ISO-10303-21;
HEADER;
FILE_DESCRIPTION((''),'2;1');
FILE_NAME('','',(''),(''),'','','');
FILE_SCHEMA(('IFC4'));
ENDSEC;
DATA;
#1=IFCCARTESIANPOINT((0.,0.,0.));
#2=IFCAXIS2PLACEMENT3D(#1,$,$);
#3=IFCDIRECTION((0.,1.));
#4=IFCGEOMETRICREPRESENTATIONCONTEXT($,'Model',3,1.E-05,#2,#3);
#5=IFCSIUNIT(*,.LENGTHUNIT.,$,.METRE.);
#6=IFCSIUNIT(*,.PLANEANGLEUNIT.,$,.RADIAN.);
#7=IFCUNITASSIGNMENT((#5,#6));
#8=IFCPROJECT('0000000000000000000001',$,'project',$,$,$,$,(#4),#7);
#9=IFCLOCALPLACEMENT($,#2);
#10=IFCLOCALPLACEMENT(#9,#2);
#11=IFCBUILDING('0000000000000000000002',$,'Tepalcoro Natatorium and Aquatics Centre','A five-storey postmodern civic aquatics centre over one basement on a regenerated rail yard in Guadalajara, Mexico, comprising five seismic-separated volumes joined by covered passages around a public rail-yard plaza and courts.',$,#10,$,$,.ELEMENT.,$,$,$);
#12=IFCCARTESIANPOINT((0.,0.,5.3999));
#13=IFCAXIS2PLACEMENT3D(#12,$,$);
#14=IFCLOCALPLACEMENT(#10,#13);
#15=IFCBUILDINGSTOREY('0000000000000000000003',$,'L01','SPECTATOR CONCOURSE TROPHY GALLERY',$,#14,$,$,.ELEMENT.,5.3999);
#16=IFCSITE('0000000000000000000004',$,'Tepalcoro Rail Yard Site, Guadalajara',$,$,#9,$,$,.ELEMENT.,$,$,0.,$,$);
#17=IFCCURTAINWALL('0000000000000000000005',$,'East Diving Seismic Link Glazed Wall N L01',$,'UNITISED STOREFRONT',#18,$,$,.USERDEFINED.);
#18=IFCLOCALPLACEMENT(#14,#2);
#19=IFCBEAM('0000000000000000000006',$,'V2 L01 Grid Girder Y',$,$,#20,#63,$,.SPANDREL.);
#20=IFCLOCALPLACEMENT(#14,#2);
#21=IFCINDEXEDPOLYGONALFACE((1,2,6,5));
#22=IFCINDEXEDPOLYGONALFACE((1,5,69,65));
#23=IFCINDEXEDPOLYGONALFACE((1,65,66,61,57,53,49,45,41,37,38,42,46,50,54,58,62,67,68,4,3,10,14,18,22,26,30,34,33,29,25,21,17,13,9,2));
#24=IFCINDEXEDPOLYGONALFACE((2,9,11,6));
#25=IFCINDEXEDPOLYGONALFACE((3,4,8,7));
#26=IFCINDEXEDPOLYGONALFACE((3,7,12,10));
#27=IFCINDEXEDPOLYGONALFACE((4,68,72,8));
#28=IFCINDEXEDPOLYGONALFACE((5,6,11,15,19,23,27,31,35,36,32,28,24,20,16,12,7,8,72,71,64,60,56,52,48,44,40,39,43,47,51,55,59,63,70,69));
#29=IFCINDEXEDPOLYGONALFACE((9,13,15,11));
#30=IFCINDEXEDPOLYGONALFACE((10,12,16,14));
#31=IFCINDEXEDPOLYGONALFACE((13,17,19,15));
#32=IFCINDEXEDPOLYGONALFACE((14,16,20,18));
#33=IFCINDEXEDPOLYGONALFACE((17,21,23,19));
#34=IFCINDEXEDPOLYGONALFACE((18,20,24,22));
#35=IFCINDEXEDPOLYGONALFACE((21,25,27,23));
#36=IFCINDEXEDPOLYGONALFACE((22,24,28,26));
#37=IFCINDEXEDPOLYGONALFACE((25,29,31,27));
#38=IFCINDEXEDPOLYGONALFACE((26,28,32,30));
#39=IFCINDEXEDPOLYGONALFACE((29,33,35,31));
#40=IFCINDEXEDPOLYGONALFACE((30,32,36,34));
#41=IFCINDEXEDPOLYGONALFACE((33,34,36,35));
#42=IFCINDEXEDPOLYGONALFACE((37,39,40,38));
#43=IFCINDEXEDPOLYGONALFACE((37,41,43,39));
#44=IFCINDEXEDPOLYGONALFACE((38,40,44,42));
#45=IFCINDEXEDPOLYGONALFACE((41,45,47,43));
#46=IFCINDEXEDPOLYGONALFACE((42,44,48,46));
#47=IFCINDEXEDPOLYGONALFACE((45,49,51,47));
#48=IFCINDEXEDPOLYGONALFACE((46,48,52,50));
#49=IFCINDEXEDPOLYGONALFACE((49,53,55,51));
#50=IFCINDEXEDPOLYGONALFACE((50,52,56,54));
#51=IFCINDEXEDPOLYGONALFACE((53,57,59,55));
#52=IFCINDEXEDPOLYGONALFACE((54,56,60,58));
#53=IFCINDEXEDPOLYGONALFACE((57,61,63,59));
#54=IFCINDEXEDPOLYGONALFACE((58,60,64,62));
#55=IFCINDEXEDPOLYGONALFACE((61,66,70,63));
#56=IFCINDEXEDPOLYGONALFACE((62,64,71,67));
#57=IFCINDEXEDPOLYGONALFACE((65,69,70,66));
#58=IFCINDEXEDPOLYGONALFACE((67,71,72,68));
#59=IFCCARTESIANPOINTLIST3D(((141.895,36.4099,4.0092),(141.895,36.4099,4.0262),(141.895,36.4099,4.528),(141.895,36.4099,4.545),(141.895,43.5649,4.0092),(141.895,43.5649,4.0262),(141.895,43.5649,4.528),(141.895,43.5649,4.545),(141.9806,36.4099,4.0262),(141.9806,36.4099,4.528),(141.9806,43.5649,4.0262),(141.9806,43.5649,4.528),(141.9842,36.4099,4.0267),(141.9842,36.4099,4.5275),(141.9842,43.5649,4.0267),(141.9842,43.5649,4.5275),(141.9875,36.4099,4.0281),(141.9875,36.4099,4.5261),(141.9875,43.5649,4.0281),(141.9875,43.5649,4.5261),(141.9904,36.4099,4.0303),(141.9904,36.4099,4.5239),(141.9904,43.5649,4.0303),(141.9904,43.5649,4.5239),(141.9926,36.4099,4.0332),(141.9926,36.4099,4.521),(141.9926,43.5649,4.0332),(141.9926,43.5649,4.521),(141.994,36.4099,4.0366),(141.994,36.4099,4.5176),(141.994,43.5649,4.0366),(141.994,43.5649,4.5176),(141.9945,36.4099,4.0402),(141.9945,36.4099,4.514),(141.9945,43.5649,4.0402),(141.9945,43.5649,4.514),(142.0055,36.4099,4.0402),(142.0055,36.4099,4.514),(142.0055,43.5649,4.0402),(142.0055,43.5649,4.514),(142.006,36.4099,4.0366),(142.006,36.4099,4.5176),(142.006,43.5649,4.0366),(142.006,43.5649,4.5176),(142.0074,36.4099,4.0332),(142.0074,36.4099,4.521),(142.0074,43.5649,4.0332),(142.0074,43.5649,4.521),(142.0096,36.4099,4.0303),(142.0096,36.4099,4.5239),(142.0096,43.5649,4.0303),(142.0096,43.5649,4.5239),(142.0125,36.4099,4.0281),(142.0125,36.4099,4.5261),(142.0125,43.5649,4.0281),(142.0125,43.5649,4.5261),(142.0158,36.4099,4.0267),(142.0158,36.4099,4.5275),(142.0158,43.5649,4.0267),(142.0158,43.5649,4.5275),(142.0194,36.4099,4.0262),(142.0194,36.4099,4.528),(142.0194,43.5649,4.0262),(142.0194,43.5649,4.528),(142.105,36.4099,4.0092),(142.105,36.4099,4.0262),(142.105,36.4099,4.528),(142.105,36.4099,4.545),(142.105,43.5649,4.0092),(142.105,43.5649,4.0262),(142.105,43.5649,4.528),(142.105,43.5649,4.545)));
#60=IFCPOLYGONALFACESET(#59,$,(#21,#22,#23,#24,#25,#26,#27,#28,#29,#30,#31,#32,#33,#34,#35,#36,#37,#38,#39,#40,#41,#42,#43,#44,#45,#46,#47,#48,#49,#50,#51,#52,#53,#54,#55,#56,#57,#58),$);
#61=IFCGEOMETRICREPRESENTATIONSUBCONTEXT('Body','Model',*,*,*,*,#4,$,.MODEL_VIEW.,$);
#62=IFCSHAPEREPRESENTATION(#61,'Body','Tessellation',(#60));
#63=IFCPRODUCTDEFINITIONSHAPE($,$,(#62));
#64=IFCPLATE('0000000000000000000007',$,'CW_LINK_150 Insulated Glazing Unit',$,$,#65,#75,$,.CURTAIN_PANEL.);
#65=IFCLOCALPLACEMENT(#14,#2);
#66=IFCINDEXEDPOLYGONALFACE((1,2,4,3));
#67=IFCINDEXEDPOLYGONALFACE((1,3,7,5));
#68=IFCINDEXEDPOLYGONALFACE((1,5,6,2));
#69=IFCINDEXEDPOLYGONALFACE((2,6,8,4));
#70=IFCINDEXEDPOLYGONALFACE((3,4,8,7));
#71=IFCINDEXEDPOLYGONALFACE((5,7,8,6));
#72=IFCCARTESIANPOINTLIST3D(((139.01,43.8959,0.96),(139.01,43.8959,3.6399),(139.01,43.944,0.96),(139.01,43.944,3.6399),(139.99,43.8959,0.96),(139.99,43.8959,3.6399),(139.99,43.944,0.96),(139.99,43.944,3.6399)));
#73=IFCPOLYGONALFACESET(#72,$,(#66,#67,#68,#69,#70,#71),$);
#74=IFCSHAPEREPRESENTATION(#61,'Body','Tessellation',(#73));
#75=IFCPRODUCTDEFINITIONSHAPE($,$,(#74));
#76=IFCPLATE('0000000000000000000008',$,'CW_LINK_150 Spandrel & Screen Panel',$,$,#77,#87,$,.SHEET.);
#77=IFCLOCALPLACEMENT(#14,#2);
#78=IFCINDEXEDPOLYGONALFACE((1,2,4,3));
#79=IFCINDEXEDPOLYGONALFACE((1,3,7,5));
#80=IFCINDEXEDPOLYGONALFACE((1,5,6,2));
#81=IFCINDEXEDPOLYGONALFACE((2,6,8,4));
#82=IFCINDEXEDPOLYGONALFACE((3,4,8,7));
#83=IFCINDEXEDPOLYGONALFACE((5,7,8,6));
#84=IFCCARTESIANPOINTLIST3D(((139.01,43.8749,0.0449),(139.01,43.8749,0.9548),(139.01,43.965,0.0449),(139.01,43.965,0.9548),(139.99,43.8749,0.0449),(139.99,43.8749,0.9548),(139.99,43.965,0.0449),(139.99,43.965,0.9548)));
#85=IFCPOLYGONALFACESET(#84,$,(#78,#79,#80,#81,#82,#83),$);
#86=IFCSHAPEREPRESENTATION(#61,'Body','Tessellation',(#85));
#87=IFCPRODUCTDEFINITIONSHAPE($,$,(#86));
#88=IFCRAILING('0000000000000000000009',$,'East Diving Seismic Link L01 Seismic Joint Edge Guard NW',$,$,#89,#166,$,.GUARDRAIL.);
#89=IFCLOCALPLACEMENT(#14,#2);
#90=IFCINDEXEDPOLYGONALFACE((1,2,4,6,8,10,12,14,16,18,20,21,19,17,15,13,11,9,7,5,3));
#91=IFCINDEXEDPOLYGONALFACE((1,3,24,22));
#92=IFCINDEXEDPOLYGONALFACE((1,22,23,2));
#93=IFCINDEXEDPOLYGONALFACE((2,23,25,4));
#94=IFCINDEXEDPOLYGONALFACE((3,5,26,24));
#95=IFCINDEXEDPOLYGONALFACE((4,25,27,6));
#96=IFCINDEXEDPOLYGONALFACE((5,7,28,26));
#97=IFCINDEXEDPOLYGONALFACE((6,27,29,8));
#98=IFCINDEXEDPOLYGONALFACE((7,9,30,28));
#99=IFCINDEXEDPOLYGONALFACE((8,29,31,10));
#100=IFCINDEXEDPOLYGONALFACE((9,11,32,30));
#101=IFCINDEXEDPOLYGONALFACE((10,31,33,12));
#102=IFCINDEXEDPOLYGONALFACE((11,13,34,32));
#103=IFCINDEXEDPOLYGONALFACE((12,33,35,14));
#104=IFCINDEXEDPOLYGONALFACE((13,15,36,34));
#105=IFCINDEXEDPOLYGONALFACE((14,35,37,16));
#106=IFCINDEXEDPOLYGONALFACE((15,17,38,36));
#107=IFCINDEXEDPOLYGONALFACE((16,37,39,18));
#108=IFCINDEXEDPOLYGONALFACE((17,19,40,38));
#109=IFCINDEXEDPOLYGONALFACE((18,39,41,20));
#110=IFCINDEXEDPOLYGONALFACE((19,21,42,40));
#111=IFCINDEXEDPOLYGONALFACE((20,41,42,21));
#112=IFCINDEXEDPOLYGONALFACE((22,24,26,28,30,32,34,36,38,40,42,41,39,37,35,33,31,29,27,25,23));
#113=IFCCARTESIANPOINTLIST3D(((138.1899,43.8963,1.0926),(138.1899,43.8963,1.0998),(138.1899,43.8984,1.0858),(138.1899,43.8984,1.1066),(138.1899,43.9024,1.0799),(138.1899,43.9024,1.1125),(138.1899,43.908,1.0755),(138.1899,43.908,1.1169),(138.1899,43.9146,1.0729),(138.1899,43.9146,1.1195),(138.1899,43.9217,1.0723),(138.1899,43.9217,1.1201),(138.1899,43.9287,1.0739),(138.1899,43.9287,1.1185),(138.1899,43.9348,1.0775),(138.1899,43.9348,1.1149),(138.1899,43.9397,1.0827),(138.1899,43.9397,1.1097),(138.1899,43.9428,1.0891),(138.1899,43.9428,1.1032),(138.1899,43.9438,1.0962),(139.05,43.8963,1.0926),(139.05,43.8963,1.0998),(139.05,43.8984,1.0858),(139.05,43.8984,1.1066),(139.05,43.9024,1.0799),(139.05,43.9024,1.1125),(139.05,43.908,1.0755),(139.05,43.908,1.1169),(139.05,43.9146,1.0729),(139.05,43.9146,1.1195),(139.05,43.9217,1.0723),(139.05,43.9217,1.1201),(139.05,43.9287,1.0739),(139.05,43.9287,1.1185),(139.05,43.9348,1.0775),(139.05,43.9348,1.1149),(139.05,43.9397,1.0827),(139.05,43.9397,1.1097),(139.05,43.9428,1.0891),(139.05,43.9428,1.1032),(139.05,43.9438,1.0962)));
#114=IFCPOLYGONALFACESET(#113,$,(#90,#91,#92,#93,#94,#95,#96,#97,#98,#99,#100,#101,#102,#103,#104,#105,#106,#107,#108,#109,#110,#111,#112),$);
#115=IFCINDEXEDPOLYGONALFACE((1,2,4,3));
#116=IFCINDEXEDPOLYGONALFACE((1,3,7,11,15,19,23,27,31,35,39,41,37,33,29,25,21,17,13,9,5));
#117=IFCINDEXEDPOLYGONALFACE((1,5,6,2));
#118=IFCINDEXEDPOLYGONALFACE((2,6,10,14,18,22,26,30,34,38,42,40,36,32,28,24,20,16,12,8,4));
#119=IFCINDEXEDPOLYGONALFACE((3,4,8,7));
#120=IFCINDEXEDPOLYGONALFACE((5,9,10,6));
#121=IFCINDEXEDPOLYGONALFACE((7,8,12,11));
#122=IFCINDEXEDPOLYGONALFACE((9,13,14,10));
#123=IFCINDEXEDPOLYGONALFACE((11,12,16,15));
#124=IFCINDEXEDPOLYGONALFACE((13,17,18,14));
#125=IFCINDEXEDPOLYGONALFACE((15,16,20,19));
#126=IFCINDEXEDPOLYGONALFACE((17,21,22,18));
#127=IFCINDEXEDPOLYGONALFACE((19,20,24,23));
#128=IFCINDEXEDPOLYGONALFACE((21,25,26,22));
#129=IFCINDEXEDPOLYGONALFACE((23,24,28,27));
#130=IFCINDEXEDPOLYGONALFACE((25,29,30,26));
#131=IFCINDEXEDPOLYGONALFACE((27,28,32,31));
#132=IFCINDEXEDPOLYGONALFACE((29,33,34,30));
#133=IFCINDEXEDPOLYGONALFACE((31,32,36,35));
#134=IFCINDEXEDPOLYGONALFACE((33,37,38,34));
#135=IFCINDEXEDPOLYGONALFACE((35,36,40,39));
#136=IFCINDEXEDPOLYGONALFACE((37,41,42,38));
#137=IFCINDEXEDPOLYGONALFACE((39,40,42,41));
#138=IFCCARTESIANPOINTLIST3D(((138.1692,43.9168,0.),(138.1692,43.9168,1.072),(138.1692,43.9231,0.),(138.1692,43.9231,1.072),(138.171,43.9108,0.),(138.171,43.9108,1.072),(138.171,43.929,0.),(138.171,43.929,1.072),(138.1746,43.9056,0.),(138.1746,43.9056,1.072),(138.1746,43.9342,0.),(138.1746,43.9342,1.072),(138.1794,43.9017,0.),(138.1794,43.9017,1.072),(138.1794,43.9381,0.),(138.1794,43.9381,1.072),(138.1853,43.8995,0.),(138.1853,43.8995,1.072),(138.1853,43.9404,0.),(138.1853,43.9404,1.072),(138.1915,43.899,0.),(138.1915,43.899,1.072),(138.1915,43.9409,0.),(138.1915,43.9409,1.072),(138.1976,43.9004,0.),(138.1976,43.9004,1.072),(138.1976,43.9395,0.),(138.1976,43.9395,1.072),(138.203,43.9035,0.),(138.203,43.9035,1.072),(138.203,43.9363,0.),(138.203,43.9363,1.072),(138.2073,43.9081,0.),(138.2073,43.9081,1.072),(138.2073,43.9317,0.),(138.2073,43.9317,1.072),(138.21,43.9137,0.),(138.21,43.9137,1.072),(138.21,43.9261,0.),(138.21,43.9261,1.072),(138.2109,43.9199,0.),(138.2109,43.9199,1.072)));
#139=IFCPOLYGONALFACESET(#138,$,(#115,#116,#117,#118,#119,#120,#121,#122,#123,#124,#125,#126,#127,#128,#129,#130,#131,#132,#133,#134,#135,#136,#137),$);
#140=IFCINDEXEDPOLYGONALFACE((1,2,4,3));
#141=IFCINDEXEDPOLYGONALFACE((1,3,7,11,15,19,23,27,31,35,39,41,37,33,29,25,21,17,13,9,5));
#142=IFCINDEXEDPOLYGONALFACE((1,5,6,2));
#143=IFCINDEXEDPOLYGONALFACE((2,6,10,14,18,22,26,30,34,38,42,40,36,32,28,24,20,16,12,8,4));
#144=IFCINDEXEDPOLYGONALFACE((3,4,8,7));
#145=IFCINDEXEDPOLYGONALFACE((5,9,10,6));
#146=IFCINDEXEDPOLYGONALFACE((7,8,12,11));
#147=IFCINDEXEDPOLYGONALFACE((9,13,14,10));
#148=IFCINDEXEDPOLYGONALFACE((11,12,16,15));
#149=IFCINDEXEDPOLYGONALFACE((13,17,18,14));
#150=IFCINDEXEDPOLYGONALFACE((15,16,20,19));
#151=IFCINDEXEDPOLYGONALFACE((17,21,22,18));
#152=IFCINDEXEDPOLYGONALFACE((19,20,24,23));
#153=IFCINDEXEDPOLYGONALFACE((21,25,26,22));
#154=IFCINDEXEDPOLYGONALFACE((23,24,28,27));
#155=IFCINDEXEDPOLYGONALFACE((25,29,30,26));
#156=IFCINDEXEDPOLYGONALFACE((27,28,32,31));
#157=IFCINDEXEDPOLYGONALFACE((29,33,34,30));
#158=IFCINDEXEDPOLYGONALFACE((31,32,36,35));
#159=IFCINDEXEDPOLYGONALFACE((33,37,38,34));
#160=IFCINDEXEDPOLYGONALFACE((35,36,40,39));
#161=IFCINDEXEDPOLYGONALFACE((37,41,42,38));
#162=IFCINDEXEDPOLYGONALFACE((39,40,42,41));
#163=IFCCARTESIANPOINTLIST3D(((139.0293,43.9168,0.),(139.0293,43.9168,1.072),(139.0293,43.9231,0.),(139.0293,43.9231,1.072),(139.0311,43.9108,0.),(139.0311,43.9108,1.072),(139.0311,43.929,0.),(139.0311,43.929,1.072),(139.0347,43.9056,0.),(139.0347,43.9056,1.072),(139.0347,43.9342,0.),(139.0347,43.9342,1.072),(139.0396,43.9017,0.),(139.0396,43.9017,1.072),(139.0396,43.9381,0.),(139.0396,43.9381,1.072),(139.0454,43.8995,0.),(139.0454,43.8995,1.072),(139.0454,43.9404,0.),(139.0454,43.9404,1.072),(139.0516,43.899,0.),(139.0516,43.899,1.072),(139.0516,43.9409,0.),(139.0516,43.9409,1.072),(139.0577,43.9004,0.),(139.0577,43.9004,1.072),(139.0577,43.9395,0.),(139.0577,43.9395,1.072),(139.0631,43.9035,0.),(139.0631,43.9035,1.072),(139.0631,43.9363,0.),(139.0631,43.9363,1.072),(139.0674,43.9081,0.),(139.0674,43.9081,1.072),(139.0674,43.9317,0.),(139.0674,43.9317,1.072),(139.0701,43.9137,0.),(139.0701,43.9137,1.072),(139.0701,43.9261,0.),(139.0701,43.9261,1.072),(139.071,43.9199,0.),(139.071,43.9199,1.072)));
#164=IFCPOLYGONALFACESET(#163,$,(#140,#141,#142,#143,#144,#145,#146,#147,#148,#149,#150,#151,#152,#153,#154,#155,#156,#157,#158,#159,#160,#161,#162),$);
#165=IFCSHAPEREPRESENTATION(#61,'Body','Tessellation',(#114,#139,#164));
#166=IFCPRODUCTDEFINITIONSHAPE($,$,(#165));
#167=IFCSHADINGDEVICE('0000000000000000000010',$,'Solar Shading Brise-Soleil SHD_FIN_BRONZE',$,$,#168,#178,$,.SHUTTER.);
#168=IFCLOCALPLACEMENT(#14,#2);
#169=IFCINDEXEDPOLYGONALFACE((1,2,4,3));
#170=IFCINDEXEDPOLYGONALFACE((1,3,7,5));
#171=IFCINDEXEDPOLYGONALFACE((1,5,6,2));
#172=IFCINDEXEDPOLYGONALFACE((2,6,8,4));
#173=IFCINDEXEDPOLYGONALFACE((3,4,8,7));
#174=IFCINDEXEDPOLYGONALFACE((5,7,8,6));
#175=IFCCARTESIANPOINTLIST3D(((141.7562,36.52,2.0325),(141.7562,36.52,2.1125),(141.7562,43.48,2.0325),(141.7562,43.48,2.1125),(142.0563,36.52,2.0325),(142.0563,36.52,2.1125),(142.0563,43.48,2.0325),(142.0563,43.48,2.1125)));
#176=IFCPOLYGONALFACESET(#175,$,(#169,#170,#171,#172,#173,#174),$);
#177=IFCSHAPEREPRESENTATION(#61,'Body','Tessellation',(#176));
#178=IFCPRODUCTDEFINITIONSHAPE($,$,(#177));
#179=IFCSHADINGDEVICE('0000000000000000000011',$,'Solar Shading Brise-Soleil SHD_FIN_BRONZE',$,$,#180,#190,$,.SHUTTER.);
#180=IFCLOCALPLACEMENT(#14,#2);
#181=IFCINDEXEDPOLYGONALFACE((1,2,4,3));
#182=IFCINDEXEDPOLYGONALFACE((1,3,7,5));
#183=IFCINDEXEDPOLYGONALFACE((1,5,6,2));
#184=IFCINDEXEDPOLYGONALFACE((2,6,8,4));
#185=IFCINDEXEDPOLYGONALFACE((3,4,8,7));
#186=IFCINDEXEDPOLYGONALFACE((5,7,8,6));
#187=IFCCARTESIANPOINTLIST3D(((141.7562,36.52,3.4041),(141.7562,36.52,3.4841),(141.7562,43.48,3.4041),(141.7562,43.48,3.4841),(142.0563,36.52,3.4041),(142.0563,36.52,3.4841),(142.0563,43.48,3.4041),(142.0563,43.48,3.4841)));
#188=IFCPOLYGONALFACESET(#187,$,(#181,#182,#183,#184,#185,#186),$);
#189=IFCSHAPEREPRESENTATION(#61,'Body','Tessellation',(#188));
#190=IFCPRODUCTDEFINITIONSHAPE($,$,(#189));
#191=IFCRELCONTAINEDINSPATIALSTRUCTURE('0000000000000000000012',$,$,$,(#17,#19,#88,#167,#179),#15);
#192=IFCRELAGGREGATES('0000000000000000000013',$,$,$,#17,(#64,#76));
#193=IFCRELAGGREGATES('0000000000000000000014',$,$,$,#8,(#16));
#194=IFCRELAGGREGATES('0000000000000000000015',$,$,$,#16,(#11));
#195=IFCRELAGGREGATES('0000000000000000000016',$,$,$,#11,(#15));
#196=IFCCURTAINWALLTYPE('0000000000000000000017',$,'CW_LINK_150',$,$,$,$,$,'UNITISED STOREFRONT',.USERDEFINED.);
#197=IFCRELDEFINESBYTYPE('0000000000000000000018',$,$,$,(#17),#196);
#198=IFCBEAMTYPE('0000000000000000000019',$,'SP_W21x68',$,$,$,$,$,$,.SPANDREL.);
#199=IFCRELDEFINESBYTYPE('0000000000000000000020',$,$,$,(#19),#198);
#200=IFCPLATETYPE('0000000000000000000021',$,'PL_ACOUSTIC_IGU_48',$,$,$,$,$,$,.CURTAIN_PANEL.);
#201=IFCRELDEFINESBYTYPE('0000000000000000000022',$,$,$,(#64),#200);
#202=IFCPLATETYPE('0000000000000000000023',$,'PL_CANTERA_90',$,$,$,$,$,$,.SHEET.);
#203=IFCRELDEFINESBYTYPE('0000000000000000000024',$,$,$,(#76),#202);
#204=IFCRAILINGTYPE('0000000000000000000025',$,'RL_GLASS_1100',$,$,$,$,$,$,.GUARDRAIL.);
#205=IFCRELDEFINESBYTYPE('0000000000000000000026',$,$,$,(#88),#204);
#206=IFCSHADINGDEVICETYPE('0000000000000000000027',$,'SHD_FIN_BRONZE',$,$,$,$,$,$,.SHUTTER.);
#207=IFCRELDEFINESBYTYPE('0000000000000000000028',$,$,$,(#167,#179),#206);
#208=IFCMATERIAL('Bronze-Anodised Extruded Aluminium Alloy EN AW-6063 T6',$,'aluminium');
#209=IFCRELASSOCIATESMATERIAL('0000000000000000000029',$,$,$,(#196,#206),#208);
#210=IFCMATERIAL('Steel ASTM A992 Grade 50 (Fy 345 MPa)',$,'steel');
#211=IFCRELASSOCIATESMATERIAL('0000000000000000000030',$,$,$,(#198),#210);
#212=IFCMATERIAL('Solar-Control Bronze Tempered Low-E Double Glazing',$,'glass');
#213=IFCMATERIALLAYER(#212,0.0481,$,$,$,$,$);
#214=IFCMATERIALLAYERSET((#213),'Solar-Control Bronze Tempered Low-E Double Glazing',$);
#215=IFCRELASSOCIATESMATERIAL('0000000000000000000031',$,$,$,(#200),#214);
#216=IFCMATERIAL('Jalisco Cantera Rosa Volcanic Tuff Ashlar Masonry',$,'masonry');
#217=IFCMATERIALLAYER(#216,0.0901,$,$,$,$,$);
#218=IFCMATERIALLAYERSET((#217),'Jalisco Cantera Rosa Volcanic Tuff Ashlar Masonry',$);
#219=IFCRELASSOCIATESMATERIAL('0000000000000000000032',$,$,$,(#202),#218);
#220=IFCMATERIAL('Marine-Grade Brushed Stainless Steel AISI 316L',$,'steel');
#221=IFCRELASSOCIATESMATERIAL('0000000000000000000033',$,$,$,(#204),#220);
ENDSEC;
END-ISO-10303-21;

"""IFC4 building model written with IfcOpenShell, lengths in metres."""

from ifc_helpers import new_model, si_unit, direction, frame, origin, origin_2d, place, context, subcontext, project, spatial, rectangle, circle, i_section, extrude, material, layer, layer_set, material_profile, profile_set, type_object, element, aggregate, save


model = new_model("IFC4")

# Units and contexts
model_context = context("Model", 3, precision=1e-05, world=origin(), true_north=direction((0.0, 1.0)))
body_context = subcontext(model_context, "Body", "Model", "MODEL_VIEW")
ifc_project = project(units=[si_unit("LENGTHUNIT", "METRE"), si_unit("PLANEANGLEUNIT", "RADIAN")], contexts=[model_context])

# Site, building, storey
site_placement = place(None, origin())
site = spatial("IfcSite", under=ifc_project, at=site_placement, Name="Tepalcoro Rail Yard Site, Guadalajara", CompositionType="ELEMENT", RefElevation=0.0)
building_placement = place(site_placement, origin())
building = spatial("IfcBuilding", under=site, at=building_placement, Name="Tepalcoro Natatorium and Aquatics Centre", Description="A five-storey postmodern civic aquatics centre over one basement on a regenerated rail yard in Guadalajara, Mexico, comprising five seismic-separated volumes joined by covered passages around a public rail-yard plaza and courts.", CompositionType="ELEMENT")
storey_placement = place(building_placement, frame((0.0, 0.0, 5.3999)))
storey = spatial("IfcBuildingStorey", under=building, at=storey_placement, Name="L01", Description="SPECTATOR CONCOURSE TROPHY GALLERY", CompositionType="ELEMENT", Elevation=5.3999)

# Shared definitions
ifc_material_1 = material(Name="Steel ASTM A992 Grade 50 (Fy 345 MPa)", Category="steel")

# Curtain wall
ifc_material_2 = material(Name="Bronze-Anodised Extruded Aluminium Alloy EN AW-6063 T6", Category="aluminium")
curtain_wall_type = type_object("IfcCurtainWallType", Name="CW_LINK_150", ElementType="UNITISED STOREFRONT", PredefinedType="USERDEFINED", material=ifc_material_2)
curtain_wall_placement = place(storey_placement, origin())
curtain_wall = element("IfcCurtainWall", 1, at=curtain_wall_placement, inside=storey, type_object=curtain_wall_type, Name="East Diving Seismic Link Glazed Wall N L01", ObjectType="UNITISED STOREFRONT", PredefinedType="USERDEFINED")

# Beam
ifc_material_profile_1 = material_profile(ifc_material_1, i_section(OverallWidth=0.21, OverallDepth=0.5359, WebThickness=0.011, FlangeThickness=0.0171, FilletRadius=0.0139, at=origin_2d()), Name="W21X68")
ifc_profile_set_1 = profile_set([ifc_material_profile_1], Name="Steel ASTM A992 Grade 50 (Fy 345 MPa)")
beam_type_1 = type_object("IfcBeamType", Name="SP_W21x68", PredefinedType="SPANDREL", material=ifc_profile_set_1)
beam_1_placement = place(storey_placement, frame((142.0, 36.4099, 4.2771), z_axis=(0.0, 1.0, 0.0), x_axis=(-1.0, 0.0, 0.0)))
element("IfcBeam", 2, at=beam_1_placement, inside=storey, type_object=beam_type_1, Name="V2 L01 Grid Girder Y", PredefinedType="SPANDREL", context=body_context, shape_type="SweptSolid", body=[
    extrude(i_section(OverallWidth=0.21, OverallDepth=0.5359, WebThickness=0.011, FlangeThickness=0.0171, FilletRadius=0.0139, at=origin_2d()), origin(), (0.0, 0.0, 1.0), 7.155),
])

# Plates
ifc_material_3 = material(Name="Solar-Control Bronze Tempered Low-E Double Glazing", Category="glass")
ifc_layer_1 = layer(ifc_material_3, 0.0481)
ifc_layer_set_1 = layer_set([ifc_layer_1], Name="Solar-Control Bronze Tempered Low-E Double Glazing")
plate_type_1 = type_object("IfcPlateType", Name="PL_ACOUSTIC_IGU_48", PredefinedType="CURTAIN_PANEL", material=ifc_layer_set_1)
plate_1_placement = place(storey_placement, frame((139.5, 43.9199, 0.96), z_axis=(0.0, 0.0, 1.0), x_axis=(1.0, 0.0, 0.0)))
plate_1 = element("IfcPlate", 3, at=plate_1_placement, type_object=plate_type_1, Name="CW_LINK_150 Insulated Glazing Unit", PredefinedType="CURTAIN_PANEL", context=body_context, shape_type="SweptSolid", body=[
    extrude(rectangle(XDim=0.98, YDim=0.0481, at=origin_2d()), origin(), (0.0, 0.0, 1.0), 2.6799),
])
ifc_material_4 = material(Name="Jalisco Cantera Rosa Volcanic Tuff Ashlar Masonry", Category="masonry")
ifc_layer_2 = layer(ifc_material_4, 0.0901)
ifc_layer_set_2 = layer_set([ifc_layer_2], Name="Jalisco Cantera Rosa Volcanic Tuff Ashlar Masonry")
plate_type_2 = type_object("IfcPlateType", Name="PL_CANTERA_90", PredefinedType="SHEET", material=ifc_layer_set_2)
plate_2_placement = place(storey_placement, frame((139.5, 43.9199, 0.0449), z_axis=(0.0, 0.0, 1.0), x_axis=(1.0, 0.0, 0.0)))
plate_2 = element("IfcPlate", 4, at=plate_2_placement, type_object=plate_type_2, Name="CW_LINK_150 Spandrel & Screen Panel", PredefinedType="SHEET", context=body_context, shape_type="SweptSolid", body=[
    extrude(rectangle(XDim=0.98, YDim=0.0901, at=origin_2d()), origin(), (0.0, 0.0, 1.0), 0.9099),
])
aggregate(curtain_wall, [plate_1, plate_2])

# Railing
ifc_material_5 = material(Name="Marine-Grade Brushed Stainless Steel AISI 316L", Category="steel")
railing_type_1 = type_object("IfcRailingType", Name="RL_GLASS_1100", PredefinedType="GUARDRAIL", material=ifc_material_5)
railing_1_placement = place(storey_placement, frame((138.1899, 43.9199, 0.0)))
element("IfcRailing", 5, at=railing_1_placement, inside=storey, type_object=railing_type_1, Name="East Diving Seismic Link L01 Seismic Joint Edge Guard NW", PredefinedType="GUARDRAIL", context=body_context, shape_type="SweptSolid", body=[
    extrude(circle(Radius=0.0239, at=origin_2d()), frame((0.0, 0.0, 1.0962), z_axis=(1.0, 0.0, 0.0), x_axis=(0.0, 1.0, 0.0)), (0.0, 0.0, 1.0), 0.8601),
    extrude(circle(Radius=0.021, at=origin_2d()), origin(), (0.0, 0.0, 1.0), 1.072),
    extrude(circle(Radius=0.021, at=origin_2d()), frame((0.8601, 0.0, 0.0)), (0.0, 0.0, 1.0), 1.072),
])

# Shading devices
shading_device_type = type_object("IfcShadingDeviceType", Name="SHD_FIN_BRONZE", PredefinedType="SHUTTER", material=ifc_material_2)
for number, where, z_axis, x_axis, name in (
    (6, (141.9062, 40.0, 2.0325), (0.0, 0.0, 1.0), (1.0, 0.0, 0.0), "Solar Shading Brise-Soleil SHD_FIN_BRONZE"),
    (7, (141.9062, 40.0, 3.4041), (0.0, 0.0, 1.0), (1.0, 0.0, 0.0), "Solar Shading Brise-Soleil SHD_FIN_BRONZE"),
):
    element("IfcShadingDevice", number, at=place(storey_placement, frame(where, z_axis=z_axis, x_axis=x_axis)), inside=storey, type_object=shading_device_type, Name=name, PredefinedType="SHUTTER", context=body_context, shape_type="SweptSolid", body=[
        extrude(rectangle(XDim=0.3, YDim=6.96, at=origin_2d()), origin(), (0.0, 0.0, 1.0), 0.0801),
    ])

save(model, "model.ifc")
